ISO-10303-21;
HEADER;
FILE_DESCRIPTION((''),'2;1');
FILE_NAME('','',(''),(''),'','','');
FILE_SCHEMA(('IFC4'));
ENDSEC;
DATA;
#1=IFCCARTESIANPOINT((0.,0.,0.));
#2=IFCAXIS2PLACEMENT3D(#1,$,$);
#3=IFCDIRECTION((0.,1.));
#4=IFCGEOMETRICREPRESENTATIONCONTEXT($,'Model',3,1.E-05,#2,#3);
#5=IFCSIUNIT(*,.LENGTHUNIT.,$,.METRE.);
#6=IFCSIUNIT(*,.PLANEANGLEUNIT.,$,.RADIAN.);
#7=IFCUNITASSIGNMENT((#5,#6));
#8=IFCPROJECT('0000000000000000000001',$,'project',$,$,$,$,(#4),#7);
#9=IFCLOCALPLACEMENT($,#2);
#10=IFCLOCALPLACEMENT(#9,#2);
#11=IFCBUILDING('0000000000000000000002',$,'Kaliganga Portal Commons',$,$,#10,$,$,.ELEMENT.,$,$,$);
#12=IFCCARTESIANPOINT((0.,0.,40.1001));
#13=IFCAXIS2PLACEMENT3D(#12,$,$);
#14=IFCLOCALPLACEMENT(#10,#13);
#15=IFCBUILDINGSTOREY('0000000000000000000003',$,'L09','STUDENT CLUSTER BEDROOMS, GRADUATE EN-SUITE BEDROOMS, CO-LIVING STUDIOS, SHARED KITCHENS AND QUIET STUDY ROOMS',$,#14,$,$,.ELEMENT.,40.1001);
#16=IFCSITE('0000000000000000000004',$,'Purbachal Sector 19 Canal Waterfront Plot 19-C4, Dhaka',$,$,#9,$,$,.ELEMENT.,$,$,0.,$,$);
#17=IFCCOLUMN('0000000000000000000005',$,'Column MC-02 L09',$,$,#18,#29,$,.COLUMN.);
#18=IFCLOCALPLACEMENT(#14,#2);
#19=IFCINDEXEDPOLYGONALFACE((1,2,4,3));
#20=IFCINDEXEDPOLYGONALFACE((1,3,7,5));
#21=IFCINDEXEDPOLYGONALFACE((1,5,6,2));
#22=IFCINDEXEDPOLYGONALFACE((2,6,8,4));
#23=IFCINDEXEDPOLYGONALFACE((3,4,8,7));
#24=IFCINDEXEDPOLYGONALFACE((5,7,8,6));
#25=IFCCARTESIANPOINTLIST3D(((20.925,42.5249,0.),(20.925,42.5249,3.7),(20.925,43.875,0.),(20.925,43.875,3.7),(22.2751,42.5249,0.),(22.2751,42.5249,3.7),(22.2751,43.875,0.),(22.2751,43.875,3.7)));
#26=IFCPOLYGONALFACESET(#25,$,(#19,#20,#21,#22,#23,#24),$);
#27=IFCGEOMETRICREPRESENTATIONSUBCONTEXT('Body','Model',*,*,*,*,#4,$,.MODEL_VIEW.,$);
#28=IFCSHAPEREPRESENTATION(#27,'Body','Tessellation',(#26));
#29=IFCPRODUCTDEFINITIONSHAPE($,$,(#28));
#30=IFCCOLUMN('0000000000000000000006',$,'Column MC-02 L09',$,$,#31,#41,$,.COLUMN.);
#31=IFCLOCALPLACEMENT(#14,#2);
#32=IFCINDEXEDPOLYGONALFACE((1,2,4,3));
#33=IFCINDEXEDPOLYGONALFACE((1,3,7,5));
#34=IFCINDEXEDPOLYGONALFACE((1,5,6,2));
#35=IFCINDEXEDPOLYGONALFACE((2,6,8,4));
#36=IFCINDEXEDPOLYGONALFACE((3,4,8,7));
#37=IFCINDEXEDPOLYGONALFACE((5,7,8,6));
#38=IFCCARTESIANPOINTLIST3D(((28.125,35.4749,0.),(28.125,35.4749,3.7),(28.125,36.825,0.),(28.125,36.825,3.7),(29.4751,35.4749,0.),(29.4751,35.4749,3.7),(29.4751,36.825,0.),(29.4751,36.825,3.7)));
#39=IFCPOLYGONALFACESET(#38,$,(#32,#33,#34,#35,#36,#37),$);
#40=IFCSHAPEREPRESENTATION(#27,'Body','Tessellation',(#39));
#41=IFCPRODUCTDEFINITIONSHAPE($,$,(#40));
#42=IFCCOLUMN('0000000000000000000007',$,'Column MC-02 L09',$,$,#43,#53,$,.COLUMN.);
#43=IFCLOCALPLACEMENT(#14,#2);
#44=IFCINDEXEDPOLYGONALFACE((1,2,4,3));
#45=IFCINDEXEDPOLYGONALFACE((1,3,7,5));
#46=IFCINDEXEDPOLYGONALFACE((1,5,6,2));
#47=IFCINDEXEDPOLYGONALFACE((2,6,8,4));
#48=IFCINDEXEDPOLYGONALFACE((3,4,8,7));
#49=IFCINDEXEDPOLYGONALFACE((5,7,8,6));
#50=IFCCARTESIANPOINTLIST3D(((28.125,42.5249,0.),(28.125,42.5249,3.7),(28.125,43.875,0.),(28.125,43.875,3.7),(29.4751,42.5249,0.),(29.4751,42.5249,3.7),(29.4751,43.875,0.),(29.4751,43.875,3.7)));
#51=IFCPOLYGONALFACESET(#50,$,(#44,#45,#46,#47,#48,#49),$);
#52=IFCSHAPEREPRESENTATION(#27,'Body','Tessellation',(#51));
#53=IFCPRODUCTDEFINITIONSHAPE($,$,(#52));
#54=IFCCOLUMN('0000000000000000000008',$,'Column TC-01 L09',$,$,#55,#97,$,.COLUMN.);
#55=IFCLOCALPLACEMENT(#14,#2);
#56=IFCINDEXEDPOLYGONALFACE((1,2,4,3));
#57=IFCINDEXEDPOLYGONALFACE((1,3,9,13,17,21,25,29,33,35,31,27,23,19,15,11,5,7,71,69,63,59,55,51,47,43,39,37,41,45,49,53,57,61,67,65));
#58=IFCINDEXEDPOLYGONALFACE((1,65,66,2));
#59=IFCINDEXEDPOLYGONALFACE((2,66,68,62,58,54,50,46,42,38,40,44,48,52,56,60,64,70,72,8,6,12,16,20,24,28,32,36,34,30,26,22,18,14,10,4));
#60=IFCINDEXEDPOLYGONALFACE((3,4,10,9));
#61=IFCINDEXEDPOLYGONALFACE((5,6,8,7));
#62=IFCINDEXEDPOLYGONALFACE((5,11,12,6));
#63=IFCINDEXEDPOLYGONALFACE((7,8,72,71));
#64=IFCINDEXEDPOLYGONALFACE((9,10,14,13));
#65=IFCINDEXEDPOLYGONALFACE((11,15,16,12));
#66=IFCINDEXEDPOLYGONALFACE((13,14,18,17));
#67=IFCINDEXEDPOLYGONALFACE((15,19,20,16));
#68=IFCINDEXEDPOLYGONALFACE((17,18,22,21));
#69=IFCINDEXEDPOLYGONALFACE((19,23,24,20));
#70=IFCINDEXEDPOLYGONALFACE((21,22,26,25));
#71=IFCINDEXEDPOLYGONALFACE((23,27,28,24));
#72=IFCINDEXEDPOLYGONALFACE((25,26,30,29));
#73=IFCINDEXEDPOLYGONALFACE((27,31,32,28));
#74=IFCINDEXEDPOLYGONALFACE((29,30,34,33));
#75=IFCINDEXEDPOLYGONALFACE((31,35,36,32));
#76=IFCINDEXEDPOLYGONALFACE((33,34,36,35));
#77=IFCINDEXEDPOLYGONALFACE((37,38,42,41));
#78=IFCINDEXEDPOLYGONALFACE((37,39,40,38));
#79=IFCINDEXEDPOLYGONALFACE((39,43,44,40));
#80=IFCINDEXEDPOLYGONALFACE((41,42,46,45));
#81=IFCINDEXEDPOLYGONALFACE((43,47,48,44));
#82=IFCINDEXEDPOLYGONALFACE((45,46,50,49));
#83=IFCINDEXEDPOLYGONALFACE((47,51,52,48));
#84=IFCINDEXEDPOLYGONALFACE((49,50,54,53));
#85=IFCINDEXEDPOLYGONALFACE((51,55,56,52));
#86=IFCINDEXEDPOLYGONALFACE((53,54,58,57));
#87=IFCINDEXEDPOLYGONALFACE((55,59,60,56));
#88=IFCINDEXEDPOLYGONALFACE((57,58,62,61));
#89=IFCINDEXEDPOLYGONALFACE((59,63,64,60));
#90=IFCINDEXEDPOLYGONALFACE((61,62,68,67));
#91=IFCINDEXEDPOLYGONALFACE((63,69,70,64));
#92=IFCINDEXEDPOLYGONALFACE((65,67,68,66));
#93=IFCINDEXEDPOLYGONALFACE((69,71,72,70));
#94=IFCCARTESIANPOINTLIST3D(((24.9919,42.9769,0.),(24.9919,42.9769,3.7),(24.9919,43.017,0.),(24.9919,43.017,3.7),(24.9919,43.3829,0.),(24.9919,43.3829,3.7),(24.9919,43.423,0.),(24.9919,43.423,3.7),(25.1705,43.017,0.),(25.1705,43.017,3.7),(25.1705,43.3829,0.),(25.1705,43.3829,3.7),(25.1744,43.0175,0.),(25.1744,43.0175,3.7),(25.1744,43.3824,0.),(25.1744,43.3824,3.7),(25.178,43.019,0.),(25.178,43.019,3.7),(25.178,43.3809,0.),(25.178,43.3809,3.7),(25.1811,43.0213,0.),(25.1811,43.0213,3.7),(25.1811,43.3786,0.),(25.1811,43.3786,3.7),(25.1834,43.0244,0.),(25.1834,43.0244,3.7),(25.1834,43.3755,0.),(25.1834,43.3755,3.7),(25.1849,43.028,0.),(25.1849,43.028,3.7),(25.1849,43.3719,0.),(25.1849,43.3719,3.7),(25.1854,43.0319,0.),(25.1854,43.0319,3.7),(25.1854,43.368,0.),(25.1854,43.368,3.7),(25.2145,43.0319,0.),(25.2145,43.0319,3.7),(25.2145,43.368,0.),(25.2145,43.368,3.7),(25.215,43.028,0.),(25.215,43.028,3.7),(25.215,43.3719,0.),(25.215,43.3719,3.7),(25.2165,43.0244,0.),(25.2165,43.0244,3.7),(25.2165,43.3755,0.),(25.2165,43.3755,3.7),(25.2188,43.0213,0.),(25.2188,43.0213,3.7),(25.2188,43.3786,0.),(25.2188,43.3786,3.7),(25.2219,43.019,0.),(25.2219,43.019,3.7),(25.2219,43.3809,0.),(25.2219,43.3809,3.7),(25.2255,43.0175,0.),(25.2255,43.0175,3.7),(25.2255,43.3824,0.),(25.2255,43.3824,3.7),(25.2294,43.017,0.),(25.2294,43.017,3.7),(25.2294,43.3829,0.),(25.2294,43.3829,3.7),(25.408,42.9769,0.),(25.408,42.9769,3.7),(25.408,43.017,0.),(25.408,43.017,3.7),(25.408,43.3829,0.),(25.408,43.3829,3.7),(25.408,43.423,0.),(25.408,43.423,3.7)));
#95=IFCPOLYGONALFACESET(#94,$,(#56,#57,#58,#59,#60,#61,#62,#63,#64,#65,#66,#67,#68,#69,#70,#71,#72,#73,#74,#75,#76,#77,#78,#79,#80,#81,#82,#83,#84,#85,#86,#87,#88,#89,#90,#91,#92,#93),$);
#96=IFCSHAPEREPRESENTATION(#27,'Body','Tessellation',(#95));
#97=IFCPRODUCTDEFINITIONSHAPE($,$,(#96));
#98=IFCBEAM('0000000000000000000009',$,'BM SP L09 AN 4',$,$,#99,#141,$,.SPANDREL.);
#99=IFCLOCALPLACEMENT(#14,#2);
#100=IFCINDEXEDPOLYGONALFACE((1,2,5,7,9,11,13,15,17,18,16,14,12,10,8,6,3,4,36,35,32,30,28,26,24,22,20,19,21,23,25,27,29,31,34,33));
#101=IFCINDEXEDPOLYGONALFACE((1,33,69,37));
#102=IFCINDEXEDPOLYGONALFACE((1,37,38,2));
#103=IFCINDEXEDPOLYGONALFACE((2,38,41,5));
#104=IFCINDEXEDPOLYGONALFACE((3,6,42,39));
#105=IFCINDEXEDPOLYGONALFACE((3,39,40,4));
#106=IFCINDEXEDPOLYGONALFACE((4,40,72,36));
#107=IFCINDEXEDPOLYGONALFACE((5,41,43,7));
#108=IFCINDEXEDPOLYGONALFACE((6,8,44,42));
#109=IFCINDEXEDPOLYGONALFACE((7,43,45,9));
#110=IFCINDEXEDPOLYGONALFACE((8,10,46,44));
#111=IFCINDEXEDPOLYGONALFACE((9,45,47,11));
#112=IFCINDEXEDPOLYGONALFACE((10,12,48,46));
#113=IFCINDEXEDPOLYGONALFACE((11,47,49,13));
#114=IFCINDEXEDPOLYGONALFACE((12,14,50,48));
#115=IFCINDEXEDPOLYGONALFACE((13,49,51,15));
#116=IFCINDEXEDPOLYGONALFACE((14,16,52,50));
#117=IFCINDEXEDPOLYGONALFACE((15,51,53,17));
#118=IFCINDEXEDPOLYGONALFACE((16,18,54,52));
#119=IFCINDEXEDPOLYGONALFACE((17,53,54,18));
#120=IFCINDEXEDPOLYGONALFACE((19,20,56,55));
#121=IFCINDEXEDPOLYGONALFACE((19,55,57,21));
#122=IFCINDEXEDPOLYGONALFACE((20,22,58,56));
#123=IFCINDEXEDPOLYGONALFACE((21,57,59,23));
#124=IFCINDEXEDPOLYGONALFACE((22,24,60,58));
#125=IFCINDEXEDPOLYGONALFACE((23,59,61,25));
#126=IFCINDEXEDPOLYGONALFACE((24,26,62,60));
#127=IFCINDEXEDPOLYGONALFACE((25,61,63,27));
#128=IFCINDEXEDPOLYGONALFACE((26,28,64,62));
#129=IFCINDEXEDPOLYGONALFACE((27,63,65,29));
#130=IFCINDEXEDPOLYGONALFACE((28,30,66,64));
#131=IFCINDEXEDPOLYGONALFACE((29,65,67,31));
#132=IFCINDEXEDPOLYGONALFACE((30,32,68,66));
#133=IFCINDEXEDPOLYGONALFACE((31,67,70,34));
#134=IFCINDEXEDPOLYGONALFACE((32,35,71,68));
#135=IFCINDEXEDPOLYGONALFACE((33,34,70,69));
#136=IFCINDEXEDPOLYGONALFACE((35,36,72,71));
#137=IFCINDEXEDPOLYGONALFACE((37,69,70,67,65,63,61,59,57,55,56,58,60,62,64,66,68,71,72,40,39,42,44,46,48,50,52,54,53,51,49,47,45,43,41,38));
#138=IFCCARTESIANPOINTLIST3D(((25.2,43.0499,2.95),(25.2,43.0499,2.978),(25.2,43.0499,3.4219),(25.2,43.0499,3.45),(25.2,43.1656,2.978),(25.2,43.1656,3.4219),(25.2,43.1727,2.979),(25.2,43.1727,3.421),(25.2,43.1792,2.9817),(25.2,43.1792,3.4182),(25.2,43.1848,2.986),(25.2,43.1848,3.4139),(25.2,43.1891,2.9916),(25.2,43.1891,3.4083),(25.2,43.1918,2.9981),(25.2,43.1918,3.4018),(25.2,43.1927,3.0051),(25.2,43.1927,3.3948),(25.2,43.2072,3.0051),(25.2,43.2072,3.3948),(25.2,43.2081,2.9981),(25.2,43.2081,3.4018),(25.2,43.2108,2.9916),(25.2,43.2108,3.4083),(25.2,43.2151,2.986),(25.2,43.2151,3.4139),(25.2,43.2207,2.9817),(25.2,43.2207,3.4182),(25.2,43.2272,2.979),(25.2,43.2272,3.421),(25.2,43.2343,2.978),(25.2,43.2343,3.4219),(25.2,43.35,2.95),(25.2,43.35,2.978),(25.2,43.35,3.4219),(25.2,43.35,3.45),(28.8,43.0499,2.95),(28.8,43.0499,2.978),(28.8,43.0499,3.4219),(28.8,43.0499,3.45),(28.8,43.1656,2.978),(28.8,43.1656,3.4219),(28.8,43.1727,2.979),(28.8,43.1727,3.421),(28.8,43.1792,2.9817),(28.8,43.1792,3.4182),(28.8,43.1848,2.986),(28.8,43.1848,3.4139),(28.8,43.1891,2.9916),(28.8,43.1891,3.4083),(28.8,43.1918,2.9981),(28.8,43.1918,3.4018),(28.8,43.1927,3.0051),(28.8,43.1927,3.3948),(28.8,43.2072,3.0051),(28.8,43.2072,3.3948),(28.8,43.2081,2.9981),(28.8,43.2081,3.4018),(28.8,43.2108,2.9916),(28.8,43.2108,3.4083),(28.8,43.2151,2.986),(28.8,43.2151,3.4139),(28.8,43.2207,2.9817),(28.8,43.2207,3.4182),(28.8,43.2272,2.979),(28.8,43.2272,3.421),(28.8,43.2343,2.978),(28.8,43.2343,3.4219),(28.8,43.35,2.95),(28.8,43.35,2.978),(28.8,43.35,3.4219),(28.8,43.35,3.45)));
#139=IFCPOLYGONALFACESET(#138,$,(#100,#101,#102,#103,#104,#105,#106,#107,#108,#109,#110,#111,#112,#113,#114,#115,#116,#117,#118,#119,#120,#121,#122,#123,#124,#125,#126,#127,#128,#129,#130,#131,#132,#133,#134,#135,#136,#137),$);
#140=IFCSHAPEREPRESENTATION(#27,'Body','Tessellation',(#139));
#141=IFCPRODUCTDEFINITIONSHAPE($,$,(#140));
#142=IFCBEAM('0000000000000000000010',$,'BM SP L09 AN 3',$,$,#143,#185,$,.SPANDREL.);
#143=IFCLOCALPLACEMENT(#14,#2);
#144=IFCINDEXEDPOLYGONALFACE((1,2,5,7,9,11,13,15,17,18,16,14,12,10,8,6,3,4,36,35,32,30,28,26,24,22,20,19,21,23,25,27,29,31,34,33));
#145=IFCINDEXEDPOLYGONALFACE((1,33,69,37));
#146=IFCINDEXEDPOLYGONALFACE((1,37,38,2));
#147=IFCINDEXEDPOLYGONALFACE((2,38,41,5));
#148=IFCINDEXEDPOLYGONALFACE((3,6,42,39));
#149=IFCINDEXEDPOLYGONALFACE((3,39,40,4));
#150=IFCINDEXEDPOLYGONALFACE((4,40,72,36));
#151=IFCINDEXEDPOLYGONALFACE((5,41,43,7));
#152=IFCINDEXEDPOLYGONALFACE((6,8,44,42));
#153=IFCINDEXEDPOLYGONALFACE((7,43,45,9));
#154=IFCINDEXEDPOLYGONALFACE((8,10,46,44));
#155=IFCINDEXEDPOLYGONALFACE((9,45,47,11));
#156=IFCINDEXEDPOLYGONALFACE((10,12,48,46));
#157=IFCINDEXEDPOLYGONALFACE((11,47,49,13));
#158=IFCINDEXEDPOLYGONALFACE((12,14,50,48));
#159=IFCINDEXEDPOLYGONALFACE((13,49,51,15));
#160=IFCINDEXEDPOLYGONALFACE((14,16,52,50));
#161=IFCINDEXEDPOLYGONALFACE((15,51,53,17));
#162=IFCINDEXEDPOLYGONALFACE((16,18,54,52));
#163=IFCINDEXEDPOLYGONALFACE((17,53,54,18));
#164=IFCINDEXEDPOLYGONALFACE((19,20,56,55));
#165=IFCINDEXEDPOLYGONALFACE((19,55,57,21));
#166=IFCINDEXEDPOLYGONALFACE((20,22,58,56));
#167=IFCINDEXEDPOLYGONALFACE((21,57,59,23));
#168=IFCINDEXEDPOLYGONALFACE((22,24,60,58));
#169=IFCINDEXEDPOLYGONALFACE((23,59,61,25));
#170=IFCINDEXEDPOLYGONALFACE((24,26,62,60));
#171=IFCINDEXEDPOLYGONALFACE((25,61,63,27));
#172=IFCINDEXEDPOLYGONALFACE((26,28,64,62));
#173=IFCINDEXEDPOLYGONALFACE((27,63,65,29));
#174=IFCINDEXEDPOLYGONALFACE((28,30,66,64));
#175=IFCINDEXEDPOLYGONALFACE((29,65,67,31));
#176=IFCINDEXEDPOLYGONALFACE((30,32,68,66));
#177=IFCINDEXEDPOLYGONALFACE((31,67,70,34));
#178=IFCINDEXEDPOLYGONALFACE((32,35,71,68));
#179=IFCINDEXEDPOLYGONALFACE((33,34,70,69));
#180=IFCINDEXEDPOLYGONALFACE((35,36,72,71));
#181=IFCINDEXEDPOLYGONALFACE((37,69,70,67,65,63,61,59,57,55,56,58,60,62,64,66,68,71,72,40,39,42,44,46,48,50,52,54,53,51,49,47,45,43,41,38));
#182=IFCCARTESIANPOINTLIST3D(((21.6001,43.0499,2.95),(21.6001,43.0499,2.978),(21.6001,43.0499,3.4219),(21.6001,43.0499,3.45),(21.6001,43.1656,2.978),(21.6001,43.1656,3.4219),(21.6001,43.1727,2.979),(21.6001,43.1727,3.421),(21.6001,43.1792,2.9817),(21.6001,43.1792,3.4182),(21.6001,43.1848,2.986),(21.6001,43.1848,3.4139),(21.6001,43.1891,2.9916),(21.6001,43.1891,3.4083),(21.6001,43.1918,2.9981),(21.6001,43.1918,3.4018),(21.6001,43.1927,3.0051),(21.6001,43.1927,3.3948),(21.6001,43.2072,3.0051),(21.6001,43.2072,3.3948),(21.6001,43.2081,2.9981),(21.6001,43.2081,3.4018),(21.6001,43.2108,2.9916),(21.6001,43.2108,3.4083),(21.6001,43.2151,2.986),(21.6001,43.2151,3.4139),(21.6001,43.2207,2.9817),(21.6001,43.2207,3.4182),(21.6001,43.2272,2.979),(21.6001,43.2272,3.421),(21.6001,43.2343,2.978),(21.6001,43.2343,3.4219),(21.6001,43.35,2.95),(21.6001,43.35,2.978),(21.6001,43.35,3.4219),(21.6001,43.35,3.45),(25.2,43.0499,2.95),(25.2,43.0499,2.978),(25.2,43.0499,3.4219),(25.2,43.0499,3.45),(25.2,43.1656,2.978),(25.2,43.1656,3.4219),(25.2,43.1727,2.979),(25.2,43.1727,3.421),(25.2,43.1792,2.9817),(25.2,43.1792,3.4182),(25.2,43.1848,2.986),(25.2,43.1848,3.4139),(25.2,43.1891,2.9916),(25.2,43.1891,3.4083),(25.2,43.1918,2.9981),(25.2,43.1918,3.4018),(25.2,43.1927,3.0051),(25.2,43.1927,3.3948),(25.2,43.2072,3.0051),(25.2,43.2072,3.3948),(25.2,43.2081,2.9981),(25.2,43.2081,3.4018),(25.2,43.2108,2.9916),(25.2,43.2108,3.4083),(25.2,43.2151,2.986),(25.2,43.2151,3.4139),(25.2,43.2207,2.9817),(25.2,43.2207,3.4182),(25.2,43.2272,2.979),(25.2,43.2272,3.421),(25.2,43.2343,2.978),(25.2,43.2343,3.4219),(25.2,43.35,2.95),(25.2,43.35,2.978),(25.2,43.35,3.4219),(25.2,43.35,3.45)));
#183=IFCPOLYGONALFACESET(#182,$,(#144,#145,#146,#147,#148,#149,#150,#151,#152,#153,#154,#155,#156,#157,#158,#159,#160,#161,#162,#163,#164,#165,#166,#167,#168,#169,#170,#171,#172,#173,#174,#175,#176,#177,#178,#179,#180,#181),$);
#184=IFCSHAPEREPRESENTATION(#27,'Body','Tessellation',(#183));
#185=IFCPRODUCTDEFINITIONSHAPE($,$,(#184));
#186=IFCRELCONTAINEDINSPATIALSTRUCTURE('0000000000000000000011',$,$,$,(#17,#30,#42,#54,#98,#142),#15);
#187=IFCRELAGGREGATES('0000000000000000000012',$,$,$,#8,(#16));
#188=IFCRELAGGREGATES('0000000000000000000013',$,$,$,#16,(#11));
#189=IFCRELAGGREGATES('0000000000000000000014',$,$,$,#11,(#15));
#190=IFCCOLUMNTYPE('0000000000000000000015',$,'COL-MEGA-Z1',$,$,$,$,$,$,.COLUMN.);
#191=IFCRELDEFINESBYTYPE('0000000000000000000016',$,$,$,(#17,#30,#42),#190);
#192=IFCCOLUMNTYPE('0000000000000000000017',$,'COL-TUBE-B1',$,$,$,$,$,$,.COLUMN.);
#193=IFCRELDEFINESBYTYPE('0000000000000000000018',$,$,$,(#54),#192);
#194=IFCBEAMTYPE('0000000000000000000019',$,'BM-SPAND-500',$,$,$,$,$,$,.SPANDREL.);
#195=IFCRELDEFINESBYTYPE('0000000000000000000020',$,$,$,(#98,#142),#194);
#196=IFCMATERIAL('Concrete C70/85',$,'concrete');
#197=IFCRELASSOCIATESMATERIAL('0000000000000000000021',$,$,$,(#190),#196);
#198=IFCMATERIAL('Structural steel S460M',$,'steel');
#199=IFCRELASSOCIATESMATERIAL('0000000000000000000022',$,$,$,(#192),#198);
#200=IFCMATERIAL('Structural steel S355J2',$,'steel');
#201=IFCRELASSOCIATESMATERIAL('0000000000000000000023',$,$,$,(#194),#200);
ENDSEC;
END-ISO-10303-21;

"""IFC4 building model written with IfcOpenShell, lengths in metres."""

from ifc_helpers import new_model, si_unit, direction, frame, origin, origin_2d, place, context, subcontext, project, spatial, rectangle, i_section, extrude, source, transform, mapped, material, material_profile, profile_set, type_object, element, save


model = new_model("IFC4")

# Units and contexts
model_context = context("Model", 3, precision=1e-05, world=origin(), true_north=direction((0.0, 1.0)))
body_context = subcontext(model_context, "Body", "Model", "MODEL_VIEW")
ifc_project = project(units=[si_unit("LENGTHUNIT", "METRE"), si_unit("PLANEANGLEUNIT", "RADIAN")], contexts=[model_context])

# Site, building, storey
site_placement = place(None, origin())
site = spatial("IfcSite", under=ifc_project, at=site_placement, Name="Purbachal Sector 19 Canal Waterfront Plot 19-C4, Dhaka", CompositionType="ELEMENT", RefElevation=0.0)
building_placement = place(site_placement, origin())
building = spatial("IfcBuilding", under=site, at=building_placement, Name="Kaliganga Portal Commons", CompositionType="ELEMENT")
storey_placement = place(building_placement, frame((0.0, 0.0, 40.1001)))
storey = spatial("IfcBuildingStorey", under=building, at=storey_placement, Name="L09", Description="STUDENT CLUSTER BEDROOMS, GRADUATE EN-SUITE BEDROOMS, CO-LIVING STUDIOS, SHARED KITCHENS AND QUIET STUDY ROOMS", CompositionType="ELEMENT", Elevation=40.1001)

# Columns
ifc_material_1 = material(Name="Concrete C70/85", Category="concrete")
ifc_material_profile_1 = material_profile(ifc_material_1, rectangle(XDim=1.3501, YDim=1.3501, at=origin_2d()), Name="RC 1350x1350")
ifc_profile_set_1 = profile_set([ifc_material_profile_1], Name="Concrete C70/85")
column_type_1 = type_object("IfcColumnType", Name="COL-MEGA-Z1", PredefinedType="COLUMN", material=ifc_profile_set_1)
shared_shape_1 = source(origin(), body_context, "Body", "SweptSolid", [
    extrude(rectangle(XDim=1.3501, YDim=1.3501, at=origin_2d()), origin(), (0.0, 0.0, 1.0), 3.7),
])
for number, where, z_axis, x_axis, name in (
    (1, (21.6001, 43.2, 0.0), (0.0, 0.0, 1.0), (1.0, 0.0, 0.0), "Column MC-02 L09"),
    (2, (28.8, 36.1499, 0.0), (0.0, 0.0, 1.0), (1.0, 0.0, 0.0), "Column MC-02 L09"),
    (3, (28.8, 43.2, 0.0), (0.0, 0.0, 1.0), (1.0, 0.0, 0.0), "Column MC-02 L09"),
):
    element("IfcColumn", number, at=place(storey_placement, frame(where, z_axis=z_axis, x_axis=x_axis)), inside=storey, type_object=column_type_1, Name=name, PredefinedType="COLUMN", context=body_context, shape_type="MappedRepresentation", body=[
        mapped(shared_shape_1, transform((0.0, 0.0, 0.0), x_axis=(1.0, 0.0, 0.0), y_axis=(0.0, 1.0, 0.0), z_axis=(0.0, 0.0, 1.0), scale=1.0)),
    ])
ifc_material_2 = material(Name="Structural steel S460M", Category="steel")
ifc_material_profile_2 = material_profile(ifc_material_2, i_section(OverallWidth=0.416, OverallDepth=0.446, WebThickness=0.0291, FlangeThickness=0.04, FilletRadius=0.0149, at=origin_2d()), Name="HD 400x509")
ifc_profile_set_2 = profile_set([ifc_material_profile_2], Name="Structural steel S460M wide-flange")
column_type_2 = type_object("IfcColumnType", Name="COL-TUBE-B1", PredefinedType="COLUMN", material=ifc_profile_set_2)
shared_shape_2 = source(origin(), body_context, "Body", "SweptSolid", [
    extrude(i_section(OverallWidth=0.416, OverallDepth=0.446, WebThickness=0.0291, FlangeThickness=0.04, FilletRadius=0.0149, at=origin_2d()), origin(), (0.0, 0.0, 1.0), 3.7),
])
column_placement = place(storey_placement, frame((25.2, 43.2, 0.0), z_axis=(0.0, 0.0, 1.0), x_axis=(1.0, 0.0, 0.0)))
element("IfcColumn", 4, at=column_placement, inside=storey, type_object=column_type_2, Name="Column TC-01 L09", PredefinedType="COLUMN", context=body_context, shape_type="MappedRepresentation", body=[
    mapped(shared_shape_2, transform((0.0, 0.0, 0.0), x_axis=(1.0, 0.0, 0.0), y_axis=(0.0, 1.0, 0.0), z_axis=(0.0, 0.0, 1.0), scale=1.0)),
])

# Beams
ifc_material_3 = material(Name="Structural steel S355J2", Category="steel")
ifc_material_profile_3 = material_profile(ifc_material_3, i_section(OverallWidth=0.3, OverallDepth=0.5, WebThickness=0.0144, FlangeThickness=0.0281, FilletRadius=0.0271, at=origin_2d()), Name="HE 500 B")
ifc_profile_set_3 = profile_set([ifc_material_profile_3], Name="Structural steel S355J2 wide-flange")
beam_type_1 = type_object("IfcBeamType", Name="BM-SPAND-500", PredefinedType="SPANDREL", material=ifc_profile_set_3)
shared_shape_3 = source(origin(), body_context, "Body", "SweptSolid", [
    extrude(i_section(OverallWidth=0.3, OverallDepth=0.5, WebThickness=0.0144, FlangeThickness=0.0281, FilletRadius=0.0271, at=origin_2d()), origin(), (0.0, 0.0, 1.0), 3.6001),
])
beam_1_placement = place(storey_placement, frame((25.2, 43.2, 3.2), z_axis=(1.0, 0.0, 0.0), x_axis=(0.0, 1.0, 0.0)))
element("IfcBeam", 5, at=beam_1_placement, inside=storey, type_object=beam_type_1, Name="BM SP L09 AN 4", PredefinedType="SPANDREL", context=body_context, shape_type="MappedRepresentation", body=[
    mapped(shared_shape_3, transform((0.0, 0.0, 0.0), x_axis=(1.0, 0.0, 0.0), y_axis=(0.0, 1.0, 0.0), z_axis=(0.0, 0.0, 1.0), scale=1.0)),
])
shared_shape_4 = source(origin(), body_context, "Body", "SweptSolid", [
    extrude(i_section(OverallWidth=0.3, OverallDepth=0.5, WebThickness=0.0144, FlangeThickness=0.0281, FilletRadius=0.0271, at=origin_2d()), origin(), (0.0, 0.0, 1.0), 3.5999),
])
for number, where, z_axis, x_axis, name in (
    (6, (21.6001, 43.2, 3.2), (1.0, 0.0, 0.0), (0.0, 1.0, 0.0), "BM SP L09 AN 3"),
):
    element("IfcBeam", number, at=place(storey_placement, frame(where, z_axis=z_axis, x_axis=x_axis)), inside=storey, type_object=beam_type_1, Name=name, PredefinedType="SPANDREL", context=body_context, shape_type="MappedRepresentation", body=[
        mapped(shared_shape_4, transform((0.0, 0.0, 0.0), x_axis=(1.0, 0.0, 0.0), y_axis=(0.0, 1.0, 0.0), z_axis=(0.0, 0.0, 1.0), scale=1.0)),
    ])

save(model, "model.ifc")
